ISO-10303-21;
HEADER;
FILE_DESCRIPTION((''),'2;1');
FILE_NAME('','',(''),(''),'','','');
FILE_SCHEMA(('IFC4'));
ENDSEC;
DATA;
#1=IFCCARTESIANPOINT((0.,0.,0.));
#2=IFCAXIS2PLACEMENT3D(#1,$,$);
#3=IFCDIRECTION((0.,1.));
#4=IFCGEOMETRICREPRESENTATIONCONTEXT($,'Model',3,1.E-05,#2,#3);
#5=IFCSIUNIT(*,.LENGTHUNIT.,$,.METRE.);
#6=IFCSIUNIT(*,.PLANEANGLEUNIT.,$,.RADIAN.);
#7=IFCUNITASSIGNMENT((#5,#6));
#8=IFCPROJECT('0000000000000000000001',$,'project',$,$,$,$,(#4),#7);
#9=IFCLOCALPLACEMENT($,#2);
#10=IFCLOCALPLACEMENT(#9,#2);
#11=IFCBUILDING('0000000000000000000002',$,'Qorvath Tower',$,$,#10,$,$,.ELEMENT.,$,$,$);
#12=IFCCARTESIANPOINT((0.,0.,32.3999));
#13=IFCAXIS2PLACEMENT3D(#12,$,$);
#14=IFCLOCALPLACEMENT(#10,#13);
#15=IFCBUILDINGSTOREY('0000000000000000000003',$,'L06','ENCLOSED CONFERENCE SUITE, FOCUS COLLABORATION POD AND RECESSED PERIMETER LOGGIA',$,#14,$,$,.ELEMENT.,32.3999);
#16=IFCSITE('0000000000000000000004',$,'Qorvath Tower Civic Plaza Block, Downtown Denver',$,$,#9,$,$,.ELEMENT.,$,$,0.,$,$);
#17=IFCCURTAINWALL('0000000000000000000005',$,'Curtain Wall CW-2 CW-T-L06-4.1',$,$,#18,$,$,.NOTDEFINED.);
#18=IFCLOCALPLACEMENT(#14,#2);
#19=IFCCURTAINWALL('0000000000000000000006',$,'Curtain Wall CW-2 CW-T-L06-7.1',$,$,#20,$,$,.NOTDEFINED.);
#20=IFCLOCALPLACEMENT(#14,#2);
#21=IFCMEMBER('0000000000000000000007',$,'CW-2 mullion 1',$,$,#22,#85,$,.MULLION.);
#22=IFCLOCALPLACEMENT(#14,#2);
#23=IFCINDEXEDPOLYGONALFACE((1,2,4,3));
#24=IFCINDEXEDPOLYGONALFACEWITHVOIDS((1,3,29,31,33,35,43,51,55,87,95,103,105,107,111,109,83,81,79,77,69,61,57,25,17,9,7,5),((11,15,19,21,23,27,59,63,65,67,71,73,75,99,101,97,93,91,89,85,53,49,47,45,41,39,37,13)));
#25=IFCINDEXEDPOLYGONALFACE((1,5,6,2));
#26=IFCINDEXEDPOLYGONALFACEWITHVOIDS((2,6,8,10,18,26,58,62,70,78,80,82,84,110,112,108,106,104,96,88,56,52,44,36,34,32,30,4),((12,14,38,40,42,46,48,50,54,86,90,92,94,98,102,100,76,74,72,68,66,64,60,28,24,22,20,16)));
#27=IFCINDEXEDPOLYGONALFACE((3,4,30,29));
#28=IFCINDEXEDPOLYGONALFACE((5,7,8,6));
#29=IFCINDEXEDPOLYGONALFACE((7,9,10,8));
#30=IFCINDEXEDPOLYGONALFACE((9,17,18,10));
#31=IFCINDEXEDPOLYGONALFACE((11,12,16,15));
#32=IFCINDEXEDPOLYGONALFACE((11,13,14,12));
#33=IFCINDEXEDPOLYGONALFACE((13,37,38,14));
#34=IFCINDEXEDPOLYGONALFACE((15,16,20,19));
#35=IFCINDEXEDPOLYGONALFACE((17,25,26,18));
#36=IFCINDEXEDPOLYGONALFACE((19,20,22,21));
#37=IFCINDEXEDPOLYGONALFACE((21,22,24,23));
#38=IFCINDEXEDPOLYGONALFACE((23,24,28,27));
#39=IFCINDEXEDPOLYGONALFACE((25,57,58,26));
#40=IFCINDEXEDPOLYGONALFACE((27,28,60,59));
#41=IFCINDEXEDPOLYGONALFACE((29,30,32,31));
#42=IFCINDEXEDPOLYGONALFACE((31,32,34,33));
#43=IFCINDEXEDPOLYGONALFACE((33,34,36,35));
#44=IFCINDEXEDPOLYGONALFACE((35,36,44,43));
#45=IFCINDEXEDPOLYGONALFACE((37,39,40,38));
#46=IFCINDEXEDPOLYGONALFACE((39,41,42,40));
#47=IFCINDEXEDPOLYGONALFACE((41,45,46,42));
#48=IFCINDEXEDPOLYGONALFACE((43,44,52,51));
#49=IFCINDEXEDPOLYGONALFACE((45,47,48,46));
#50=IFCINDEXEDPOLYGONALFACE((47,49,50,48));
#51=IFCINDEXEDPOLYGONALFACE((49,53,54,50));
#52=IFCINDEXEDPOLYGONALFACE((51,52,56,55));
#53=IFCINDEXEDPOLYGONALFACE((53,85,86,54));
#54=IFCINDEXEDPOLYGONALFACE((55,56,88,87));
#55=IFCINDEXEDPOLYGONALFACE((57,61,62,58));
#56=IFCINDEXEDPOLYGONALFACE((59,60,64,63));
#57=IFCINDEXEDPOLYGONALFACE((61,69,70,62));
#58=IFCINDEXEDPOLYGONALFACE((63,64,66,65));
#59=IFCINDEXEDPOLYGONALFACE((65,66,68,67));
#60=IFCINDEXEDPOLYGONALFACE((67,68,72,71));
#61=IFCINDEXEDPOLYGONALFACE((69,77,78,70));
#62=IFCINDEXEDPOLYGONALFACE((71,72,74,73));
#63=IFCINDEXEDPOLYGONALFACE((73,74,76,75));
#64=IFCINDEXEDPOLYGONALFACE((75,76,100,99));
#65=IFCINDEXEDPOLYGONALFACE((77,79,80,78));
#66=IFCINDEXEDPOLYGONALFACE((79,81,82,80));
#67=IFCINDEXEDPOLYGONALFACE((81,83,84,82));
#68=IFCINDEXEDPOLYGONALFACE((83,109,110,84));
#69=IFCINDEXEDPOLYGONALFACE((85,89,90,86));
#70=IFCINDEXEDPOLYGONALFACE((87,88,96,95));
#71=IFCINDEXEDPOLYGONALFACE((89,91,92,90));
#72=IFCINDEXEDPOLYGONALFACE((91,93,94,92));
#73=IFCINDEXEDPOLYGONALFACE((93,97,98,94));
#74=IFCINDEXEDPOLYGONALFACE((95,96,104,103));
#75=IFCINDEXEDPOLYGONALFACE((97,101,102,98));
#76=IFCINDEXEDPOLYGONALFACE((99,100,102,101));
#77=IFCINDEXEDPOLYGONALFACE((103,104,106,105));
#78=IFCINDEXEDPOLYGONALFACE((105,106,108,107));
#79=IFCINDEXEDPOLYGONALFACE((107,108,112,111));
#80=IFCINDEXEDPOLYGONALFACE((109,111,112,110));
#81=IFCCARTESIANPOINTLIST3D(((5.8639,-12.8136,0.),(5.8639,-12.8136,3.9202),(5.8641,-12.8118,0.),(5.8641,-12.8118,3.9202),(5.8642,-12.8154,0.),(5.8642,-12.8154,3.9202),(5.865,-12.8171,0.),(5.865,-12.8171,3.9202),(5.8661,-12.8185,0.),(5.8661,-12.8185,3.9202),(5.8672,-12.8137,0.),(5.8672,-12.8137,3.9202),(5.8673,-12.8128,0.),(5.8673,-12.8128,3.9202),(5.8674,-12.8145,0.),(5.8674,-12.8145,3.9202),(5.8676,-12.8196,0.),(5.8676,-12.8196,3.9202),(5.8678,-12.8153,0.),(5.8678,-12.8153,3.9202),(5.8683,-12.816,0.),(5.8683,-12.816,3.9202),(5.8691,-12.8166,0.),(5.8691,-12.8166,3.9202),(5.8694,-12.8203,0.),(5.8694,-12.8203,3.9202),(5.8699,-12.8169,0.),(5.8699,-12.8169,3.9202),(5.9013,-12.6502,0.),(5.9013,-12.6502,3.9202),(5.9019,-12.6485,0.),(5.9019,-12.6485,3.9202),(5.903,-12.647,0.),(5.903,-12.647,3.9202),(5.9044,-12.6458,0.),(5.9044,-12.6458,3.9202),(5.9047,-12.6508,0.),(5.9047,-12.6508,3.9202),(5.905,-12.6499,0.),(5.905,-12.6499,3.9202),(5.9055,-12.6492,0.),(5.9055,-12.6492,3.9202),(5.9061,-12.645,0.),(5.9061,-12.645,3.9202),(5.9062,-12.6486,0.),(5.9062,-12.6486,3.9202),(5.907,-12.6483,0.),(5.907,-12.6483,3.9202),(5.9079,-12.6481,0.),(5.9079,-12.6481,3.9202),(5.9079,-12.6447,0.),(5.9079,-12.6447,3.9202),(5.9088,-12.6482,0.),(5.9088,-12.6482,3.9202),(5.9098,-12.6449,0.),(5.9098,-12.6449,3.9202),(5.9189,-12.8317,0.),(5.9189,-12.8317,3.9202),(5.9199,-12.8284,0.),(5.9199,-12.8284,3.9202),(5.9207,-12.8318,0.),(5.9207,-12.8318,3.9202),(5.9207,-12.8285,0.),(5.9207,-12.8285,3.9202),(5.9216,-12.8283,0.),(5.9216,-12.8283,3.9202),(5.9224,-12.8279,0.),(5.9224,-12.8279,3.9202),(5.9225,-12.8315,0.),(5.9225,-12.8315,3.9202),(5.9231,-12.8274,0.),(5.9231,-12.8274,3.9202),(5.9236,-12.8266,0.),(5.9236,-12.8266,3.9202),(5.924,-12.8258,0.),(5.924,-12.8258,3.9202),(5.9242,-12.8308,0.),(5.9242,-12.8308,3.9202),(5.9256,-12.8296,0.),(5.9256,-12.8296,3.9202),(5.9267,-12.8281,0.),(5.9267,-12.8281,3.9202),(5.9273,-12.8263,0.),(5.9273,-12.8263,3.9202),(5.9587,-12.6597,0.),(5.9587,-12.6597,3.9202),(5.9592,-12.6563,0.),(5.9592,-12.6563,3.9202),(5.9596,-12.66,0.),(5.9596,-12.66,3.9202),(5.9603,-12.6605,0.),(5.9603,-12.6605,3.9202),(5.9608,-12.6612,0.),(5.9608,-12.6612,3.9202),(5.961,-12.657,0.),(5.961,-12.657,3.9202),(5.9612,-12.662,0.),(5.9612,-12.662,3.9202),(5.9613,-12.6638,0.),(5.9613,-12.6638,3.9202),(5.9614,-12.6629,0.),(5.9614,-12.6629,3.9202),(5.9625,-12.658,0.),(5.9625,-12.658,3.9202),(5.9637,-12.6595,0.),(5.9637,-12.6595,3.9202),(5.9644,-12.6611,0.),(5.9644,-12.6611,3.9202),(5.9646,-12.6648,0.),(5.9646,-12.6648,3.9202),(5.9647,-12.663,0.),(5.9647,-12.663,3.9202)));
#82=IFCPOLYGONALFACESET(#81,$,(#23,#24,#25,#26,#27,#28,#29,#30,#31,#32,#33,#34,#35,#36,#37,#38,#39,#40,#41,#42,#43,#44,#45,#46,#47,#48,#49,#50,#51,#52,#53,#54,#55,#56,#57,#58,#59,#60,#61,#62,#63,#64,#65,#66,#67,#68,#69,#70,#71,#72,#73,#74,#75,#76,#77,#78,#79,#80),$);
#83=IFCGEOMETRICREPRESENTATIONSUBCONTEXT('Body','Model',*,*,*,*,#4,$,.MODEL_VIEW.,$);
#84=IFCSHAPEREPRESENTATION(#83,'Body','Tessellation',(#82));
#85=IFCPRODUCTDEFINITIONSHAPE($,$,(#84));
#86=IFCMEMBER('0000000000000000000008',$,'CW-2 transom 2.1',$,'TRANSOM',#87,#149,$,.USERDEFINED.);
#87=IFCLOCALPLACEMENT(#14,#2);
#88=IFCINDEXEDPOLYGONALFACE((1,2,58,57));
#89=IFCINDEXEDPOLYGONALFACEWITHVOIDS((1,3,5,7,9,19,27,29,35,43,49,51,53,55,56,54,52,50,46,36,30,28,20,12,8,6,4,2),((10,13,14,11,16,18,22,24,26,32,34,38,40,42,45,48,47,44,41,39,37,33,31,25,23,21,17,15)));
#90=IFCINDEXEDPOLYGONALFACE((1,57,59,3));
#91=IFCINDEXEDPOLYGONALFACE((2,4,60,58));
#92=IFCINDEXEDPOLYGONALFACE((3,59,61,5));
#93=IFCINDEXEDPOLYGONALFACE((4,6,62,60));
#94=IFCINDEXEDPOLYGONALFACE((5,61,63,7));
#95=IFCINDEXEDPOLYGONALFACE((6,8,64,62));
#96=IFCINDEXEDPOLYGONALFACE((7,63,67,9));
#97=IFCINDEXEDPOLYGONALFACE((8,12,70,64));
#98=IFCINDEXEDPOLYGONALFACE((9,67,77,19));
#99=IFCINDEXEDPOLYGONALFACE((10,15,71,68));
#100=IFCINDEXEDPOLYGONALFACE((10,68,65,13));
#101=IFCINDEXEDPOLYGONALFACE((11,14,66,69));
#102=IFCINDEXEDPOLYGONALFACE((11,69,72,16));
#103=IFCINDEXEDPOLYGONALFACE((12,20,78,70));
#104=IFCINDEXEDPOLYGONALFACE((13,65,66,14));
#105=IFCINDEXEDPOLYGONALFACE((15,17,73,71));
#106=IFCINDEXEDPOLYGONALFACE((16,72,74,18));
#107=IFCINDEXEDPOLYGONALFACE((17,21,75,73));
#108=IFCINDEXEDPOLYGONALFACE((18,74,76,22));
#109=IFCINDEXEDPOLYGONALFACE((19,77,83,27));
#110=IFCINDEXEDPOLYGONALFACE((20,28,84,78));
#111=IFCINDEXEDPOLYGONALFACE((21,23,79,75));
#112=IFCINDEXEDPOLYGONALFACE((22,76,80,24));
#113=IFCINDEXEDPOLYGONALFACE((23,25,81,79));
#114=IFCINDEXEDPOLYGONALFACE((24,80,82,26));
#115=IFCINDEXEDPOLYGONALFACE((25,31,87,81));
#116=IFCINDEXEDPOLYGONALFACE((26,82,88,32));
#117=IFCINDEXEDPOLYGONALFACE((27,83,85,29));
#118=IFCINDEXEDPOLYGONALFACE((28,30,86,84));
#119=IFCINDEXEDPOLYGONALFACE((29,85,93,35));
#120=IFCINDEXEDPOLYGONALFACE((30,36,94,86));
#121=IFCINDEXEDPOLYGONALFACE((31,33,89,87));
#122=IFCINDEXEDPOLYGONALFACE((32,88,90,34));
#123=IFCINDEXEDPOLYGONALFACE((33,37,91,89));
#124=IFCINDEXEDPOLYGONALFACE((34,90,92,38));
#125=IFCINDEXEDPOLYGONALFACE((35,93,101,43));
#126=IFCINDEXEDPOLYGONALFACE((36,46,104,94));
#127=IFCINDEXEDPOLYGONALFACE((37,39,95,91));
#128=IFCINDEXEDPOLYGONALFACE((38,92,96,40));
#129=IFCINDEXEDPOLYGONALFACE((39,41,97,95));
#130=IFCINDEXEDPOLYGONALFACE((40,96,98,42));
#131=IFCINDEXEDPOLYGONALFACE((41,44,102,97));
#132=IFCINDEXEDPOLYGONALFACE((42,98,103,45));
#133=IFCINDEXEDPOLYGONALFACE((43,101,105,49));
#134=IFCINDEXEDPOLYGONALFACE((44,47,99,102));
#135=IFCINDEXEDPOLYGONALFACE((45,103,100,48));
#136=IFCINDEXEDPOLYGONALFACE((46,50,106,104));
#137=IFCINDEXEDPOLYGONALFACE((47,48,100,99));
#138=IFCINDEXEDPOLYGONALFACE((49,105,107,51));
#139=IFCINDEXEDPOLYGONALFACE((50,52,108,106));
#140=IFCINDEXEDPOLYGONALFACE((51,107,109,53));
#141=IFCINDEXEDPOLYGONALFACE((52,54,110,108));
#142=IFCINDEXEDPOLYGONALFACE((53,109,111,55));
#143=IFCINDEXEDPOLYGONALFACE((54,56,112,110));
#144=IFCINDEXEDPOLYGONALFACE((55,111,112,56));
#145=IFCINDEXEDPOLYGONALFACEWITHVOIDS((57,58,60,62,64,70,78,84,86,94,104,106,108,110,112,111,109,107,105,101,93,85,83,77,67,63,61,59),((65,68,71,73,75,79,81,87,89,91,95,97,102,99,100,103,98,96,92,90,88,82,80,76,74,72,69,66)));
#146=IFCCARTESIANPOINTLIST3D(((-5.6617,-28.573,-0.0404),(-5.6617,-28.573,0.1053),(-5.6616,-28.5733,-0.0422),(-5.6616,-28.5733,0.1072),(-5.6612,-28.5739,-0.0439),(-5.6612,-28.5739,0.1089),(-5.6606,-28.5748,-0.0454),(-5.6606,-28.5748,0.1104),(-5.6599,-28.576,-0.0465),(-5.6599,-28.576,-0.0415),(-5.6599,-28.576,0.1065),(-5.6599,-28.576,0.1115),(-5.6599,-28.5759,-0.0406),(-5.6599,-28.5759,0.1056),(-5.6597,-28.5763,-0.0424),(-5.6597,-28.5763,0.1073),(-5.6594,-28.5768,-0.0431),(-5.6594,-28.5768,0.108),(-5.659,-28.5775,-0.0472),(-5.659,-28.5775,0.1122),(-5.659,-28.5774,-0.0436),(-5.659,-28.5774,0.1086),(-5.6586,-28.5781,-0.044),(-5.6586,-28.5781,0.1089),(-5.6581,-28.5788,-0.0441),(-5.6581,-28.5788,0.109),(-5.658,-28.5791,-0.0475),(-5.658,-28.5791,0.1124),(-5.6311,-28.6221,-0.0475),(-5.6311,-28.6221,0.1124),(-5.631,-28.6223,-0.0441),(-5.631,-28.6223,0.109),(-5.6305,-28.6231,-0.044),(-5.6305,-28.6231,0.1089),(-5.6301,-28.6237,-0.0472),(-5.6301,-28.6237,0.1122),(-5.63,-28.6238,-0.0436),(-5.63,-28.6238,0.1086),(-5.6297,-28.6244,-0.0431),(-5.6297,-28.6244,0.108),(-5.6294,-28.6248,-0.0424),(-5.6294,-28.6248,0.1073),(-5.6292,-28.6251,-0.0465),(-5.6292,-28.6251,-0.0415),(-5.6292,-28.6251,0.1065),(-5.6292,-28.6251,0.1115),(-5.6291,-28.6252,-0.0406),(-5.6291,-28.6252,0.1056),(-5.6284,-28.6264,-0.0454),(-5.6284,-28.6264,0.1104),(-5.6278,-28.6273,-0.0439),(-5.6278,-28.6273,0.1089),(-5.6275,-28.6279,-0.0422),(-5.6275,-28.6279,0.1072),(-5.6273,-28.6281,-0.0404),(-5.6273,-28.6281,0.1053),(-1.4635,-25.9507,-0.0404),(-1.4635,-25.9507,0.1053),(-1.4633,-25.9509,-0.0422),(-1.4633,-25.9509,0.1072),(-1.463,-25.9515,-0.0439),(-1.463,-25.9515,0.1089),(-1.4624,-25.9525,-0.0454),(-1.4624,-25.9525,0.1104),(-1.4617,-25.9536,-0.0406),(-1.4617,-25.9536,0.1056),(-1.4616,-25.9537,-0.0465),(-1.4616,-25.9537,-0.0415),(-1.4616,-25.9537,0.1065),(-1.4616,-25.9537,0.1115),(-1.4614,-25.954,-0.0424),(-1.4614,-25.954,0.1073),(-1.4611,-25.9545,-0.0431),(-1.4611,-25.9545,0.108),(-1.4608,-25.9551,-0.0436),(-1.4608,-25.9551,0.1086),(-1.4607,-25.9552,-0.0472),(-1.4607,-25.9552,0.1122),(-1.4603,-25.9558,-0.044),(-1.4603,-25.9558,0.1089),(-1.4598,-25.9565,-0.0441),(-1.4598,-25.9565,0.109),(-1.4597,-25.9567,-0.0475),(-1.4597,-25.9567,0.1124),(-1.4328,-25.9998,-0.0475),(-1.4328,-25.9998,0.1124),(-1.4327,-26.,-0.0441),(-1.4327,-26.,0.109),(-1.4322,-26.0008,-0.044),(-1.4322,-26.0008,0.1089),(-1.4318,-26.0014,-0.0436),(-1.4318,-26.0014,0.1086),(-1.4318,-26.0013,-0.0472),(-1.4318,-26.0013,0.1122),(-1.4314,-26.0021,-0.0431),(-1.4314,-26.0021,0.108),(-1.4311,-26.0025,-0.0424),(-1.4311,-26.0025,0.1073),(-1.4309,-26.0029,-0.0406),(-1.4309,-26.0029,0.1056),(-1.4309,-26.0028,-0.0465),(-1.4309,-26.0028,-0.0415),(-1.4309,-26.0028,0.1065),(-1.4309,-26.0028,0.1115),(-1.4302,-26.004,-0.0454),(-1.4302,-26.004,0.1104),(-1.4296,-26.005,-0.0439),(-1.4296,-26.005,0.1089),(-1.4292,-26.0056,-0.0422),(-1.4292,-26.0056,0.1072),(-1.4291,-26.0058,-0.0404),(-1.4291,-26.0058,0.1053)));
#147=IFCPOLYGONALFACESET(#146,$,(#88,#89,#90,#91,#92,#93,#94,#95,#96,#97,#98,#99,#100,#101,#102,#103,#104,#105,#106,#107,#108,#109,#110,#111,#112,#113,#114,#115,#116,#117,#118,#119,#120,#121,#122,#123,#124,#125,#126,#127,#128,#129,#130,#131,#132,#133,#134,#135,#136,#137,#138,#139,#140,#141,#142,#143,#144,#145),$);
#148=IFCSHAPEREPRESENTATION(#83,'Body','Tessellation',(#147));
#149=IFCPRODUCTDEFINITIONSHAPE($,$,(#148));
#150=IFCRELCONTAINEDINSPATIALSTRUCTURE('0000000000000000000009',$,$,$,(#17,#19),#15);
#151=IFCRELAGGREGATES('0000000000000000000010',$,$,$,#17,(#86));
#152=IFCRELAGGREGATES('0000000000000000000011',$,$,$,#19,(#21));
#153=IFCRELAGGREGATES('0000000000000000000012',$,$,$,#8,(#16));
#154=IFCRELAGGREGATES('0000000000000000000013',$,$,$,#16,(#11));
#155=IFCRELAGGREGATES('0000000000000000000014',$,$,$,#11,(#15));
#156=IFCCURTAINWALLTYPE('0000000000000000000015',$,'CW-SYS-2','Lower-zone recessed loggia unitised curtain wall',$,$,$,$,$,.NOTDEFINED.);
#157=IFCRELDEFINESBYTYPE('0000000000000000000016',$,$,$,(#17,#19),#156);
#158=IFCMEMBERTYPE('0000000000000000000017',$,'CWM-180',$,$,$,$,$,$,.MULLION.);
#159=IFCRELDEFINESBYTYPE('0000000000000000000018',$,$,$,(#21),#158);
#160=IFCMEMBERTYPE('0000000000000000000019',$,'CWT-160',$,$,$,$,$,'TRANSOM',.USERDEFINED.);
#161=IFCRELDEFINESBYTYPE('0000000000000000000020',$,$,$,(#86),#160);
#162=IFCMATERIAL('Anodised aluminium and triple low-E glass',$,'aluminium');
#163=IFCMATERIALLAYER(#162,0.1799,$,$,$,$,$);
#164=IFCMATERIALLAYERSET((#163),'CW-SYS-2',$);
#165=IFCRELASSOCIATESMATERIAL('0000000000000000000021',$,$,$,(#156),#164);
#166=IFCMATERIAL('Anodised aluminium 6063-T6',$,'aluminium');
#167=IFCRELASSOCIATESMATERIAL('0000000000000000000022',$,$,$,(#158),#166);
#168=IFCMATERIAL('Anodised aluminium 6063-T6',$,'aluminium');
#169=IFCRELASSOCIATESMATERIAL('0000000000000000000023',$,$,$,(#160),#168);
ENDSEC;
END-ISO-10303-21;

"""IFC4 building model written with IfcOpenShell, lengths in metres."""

from ifc_helpers import new_model, si_unit, direction, frame, origin, origin_2d, place, context, subcontext, project, spatial, hollow_rectangle, extrude, material, layer, layer_set, material_profile, profile_set, type_object, element, aggregate, save


model = new_model("IFC4")

# Units and contexts
model_context = context("Model", 3, precision=1e-05, world=origin(), true_north=direction((0.0, 1.0)))
body_context = subcontext(model_context, "Body", "Model", "MODEL_VIEW")
ifc_project = project(units=[si_unit("LENGTHUNIT", "METRE"), si_unit("PLANEANGLEUNIT", "RADIAN")], contexts=[model_context])

# Site, building, storey
site_placement = place(None, origin())
site = spatial("IfcSite", under=ifc_project, at=site_placement, Name="Qorvath Tower Civic Plaza Block, Downtown Denver", CompositionType="ELEMENT", RefElevation=0.0)
building_placement = place(site_placement, origin())
building = spatial("IfcBuilding", under=site, at=building_placement, Name="Qorvath Tower", CompositionType="ELEMENT")
storey_placement = place(building_placement, frame((0.0, 0.0, 32.3999)))
storey = spatial("IfcBuildingStorey", under=building, at=storey_placement, Name="L06", Description="ENCLOSED CONFERENCE SUITE, FOCUS COLLABORATION POD AND RECESSED PERIMETER LOGGIA", CompositionType="ELEMENT", Elevation=32.3999)

# Curtain wall
ifc_material_1 = material(Name="Anodised aluminium and triple low-E glass", Category="aluminium")
ifc_layer_1 = layer(ifc_material_1, 0.1799)
ifc_layer_set_1 = layer_set([ifc_layer_1], Name="CW-SYS-2")
curtain_wall_type = type_object("IfcCurtainWallType", Name="CW-SYS-2", Description="Lower-zone recessed loggia unitised curtain wall", PredefinedType="NOTDEFINED", material=ifc_layer_set_1)
curtain_wall_1_placement = place(storey_placement, origin())
curtain_wall_1 = element("IfcCurtainWall", 1, at=curtain_wall_1_placement, inside=storey, type_object=curtain_wall_type, Name="Curtain Wall CW-2 CW-T-L06-4.1", PredefinedType="NOTDEFINED")
ifc_material_2 = material(Name="Anodised aluminium 6063-T6", Category="aluminium")
ifc_material_profile_1 = material_profile(ifc_material_2, hollow_rectangle(XDim=0.0649, YDim=0.1799, WallThickness=0.0034, InnerFilletRadius=0.0034, OuterFilletRadius=0.0071, at=origin_2d()), Name="CWM 180x65")
ifc_profile_set_1 = profile_set([ifc_material_profile_1], Name="Anodised aluminium 6063-T6")
member_type_1 = type_object("IfcMemberType", Name="CWM-180", PredefinedType="MULLION", material=ifc_profile_set_1)

# Curtain wall, member
curtain_wall_2_placement = place(storey_placement, origin())
curtain_wall_2 = element("IfcCurtainWall", 2, at=curtain_wall_2_placement, inside=storey, type_object=curtain_wall_type, Name="Curtain Wall CW-2 CW-T-L06-7.1", PredefinedType="NOTDEFINED")
member_1_placement = place(storey_placement, frame((5.9143, -12.7383, 0.0), z_axis=(0.0, 0.0, 1.0), x_axis=(-0.974481, 0.224471, 0.0)))
member_1 = element("IfcMember", 3, at=member_1_placement, type_object=member_type_1, Name="CW-2 mullion 1", PredefinedType="MULLION", context=body_context, shape_type="SweptSolid", body=[
    extrude(hollow_rectangle(XDim=0.0649, YDim=0.1799, WallThickness=0.0034, InnerFilletRadius=0.0034, OuterFilletRadius=0.0071, at=origin_2d()), origin(), (0.0, 0.0, 1.0), 3.9202),
])

# Member
ifc_material_3 = material(Name="Anodised aluminium 6063-T6", Category="aluminium")
ifc_material_profile_2 = material_profile(ifc_material_3, hollow_rectangle(XDim=0.0649, YDim=0.1599, WallThickness=0.0034, InnerFilletRadius=0.0034, OuterFilletRadius=0.0071, at=origin_2d()), Name="CWT 160x65")
ifc_profile_set_2 = profile_set([ifc_material_profile_2], Name="Anodised aluminium 6063-T6")
member_type_2 = type_object("IfcMemberType", Name="CWT-160", ElementType="TRANSOM", PredefinedType="USERDEFINED", material=ifc_profile_set_2)
member_2_placement = place(storey_placement, frame((-5.6445, -28.6006, 0.0325), z_axis=(0.848142, 0.529768, 0.0), x_axis=(-0.529768, 0.848142, 0.0)))
member_2 = element("IfcMember", 4, at=member_2_placement, type_object=member_type_2, Name="CW-2 transom 2.1", ObjectType="TRANSOM", PredefinedType="USERDEFINED", context=body_context, shape_type="SweptSolid", body=[
    extrude(hollow_rectangle(XDim=0.0649, YDim=0.1599, WallThickness=0.0034, InnerFilletRadius=0.0034, OuterFilletRadius=0.0071, at=origin_2d()), origin(), (0.0, 0.0, 1.0), 4.95),
])

aggregate(curtain_wall_1, [member_2])
aggregate(curtain_wall_2, [member_1])

save(model, "model.ifc")
